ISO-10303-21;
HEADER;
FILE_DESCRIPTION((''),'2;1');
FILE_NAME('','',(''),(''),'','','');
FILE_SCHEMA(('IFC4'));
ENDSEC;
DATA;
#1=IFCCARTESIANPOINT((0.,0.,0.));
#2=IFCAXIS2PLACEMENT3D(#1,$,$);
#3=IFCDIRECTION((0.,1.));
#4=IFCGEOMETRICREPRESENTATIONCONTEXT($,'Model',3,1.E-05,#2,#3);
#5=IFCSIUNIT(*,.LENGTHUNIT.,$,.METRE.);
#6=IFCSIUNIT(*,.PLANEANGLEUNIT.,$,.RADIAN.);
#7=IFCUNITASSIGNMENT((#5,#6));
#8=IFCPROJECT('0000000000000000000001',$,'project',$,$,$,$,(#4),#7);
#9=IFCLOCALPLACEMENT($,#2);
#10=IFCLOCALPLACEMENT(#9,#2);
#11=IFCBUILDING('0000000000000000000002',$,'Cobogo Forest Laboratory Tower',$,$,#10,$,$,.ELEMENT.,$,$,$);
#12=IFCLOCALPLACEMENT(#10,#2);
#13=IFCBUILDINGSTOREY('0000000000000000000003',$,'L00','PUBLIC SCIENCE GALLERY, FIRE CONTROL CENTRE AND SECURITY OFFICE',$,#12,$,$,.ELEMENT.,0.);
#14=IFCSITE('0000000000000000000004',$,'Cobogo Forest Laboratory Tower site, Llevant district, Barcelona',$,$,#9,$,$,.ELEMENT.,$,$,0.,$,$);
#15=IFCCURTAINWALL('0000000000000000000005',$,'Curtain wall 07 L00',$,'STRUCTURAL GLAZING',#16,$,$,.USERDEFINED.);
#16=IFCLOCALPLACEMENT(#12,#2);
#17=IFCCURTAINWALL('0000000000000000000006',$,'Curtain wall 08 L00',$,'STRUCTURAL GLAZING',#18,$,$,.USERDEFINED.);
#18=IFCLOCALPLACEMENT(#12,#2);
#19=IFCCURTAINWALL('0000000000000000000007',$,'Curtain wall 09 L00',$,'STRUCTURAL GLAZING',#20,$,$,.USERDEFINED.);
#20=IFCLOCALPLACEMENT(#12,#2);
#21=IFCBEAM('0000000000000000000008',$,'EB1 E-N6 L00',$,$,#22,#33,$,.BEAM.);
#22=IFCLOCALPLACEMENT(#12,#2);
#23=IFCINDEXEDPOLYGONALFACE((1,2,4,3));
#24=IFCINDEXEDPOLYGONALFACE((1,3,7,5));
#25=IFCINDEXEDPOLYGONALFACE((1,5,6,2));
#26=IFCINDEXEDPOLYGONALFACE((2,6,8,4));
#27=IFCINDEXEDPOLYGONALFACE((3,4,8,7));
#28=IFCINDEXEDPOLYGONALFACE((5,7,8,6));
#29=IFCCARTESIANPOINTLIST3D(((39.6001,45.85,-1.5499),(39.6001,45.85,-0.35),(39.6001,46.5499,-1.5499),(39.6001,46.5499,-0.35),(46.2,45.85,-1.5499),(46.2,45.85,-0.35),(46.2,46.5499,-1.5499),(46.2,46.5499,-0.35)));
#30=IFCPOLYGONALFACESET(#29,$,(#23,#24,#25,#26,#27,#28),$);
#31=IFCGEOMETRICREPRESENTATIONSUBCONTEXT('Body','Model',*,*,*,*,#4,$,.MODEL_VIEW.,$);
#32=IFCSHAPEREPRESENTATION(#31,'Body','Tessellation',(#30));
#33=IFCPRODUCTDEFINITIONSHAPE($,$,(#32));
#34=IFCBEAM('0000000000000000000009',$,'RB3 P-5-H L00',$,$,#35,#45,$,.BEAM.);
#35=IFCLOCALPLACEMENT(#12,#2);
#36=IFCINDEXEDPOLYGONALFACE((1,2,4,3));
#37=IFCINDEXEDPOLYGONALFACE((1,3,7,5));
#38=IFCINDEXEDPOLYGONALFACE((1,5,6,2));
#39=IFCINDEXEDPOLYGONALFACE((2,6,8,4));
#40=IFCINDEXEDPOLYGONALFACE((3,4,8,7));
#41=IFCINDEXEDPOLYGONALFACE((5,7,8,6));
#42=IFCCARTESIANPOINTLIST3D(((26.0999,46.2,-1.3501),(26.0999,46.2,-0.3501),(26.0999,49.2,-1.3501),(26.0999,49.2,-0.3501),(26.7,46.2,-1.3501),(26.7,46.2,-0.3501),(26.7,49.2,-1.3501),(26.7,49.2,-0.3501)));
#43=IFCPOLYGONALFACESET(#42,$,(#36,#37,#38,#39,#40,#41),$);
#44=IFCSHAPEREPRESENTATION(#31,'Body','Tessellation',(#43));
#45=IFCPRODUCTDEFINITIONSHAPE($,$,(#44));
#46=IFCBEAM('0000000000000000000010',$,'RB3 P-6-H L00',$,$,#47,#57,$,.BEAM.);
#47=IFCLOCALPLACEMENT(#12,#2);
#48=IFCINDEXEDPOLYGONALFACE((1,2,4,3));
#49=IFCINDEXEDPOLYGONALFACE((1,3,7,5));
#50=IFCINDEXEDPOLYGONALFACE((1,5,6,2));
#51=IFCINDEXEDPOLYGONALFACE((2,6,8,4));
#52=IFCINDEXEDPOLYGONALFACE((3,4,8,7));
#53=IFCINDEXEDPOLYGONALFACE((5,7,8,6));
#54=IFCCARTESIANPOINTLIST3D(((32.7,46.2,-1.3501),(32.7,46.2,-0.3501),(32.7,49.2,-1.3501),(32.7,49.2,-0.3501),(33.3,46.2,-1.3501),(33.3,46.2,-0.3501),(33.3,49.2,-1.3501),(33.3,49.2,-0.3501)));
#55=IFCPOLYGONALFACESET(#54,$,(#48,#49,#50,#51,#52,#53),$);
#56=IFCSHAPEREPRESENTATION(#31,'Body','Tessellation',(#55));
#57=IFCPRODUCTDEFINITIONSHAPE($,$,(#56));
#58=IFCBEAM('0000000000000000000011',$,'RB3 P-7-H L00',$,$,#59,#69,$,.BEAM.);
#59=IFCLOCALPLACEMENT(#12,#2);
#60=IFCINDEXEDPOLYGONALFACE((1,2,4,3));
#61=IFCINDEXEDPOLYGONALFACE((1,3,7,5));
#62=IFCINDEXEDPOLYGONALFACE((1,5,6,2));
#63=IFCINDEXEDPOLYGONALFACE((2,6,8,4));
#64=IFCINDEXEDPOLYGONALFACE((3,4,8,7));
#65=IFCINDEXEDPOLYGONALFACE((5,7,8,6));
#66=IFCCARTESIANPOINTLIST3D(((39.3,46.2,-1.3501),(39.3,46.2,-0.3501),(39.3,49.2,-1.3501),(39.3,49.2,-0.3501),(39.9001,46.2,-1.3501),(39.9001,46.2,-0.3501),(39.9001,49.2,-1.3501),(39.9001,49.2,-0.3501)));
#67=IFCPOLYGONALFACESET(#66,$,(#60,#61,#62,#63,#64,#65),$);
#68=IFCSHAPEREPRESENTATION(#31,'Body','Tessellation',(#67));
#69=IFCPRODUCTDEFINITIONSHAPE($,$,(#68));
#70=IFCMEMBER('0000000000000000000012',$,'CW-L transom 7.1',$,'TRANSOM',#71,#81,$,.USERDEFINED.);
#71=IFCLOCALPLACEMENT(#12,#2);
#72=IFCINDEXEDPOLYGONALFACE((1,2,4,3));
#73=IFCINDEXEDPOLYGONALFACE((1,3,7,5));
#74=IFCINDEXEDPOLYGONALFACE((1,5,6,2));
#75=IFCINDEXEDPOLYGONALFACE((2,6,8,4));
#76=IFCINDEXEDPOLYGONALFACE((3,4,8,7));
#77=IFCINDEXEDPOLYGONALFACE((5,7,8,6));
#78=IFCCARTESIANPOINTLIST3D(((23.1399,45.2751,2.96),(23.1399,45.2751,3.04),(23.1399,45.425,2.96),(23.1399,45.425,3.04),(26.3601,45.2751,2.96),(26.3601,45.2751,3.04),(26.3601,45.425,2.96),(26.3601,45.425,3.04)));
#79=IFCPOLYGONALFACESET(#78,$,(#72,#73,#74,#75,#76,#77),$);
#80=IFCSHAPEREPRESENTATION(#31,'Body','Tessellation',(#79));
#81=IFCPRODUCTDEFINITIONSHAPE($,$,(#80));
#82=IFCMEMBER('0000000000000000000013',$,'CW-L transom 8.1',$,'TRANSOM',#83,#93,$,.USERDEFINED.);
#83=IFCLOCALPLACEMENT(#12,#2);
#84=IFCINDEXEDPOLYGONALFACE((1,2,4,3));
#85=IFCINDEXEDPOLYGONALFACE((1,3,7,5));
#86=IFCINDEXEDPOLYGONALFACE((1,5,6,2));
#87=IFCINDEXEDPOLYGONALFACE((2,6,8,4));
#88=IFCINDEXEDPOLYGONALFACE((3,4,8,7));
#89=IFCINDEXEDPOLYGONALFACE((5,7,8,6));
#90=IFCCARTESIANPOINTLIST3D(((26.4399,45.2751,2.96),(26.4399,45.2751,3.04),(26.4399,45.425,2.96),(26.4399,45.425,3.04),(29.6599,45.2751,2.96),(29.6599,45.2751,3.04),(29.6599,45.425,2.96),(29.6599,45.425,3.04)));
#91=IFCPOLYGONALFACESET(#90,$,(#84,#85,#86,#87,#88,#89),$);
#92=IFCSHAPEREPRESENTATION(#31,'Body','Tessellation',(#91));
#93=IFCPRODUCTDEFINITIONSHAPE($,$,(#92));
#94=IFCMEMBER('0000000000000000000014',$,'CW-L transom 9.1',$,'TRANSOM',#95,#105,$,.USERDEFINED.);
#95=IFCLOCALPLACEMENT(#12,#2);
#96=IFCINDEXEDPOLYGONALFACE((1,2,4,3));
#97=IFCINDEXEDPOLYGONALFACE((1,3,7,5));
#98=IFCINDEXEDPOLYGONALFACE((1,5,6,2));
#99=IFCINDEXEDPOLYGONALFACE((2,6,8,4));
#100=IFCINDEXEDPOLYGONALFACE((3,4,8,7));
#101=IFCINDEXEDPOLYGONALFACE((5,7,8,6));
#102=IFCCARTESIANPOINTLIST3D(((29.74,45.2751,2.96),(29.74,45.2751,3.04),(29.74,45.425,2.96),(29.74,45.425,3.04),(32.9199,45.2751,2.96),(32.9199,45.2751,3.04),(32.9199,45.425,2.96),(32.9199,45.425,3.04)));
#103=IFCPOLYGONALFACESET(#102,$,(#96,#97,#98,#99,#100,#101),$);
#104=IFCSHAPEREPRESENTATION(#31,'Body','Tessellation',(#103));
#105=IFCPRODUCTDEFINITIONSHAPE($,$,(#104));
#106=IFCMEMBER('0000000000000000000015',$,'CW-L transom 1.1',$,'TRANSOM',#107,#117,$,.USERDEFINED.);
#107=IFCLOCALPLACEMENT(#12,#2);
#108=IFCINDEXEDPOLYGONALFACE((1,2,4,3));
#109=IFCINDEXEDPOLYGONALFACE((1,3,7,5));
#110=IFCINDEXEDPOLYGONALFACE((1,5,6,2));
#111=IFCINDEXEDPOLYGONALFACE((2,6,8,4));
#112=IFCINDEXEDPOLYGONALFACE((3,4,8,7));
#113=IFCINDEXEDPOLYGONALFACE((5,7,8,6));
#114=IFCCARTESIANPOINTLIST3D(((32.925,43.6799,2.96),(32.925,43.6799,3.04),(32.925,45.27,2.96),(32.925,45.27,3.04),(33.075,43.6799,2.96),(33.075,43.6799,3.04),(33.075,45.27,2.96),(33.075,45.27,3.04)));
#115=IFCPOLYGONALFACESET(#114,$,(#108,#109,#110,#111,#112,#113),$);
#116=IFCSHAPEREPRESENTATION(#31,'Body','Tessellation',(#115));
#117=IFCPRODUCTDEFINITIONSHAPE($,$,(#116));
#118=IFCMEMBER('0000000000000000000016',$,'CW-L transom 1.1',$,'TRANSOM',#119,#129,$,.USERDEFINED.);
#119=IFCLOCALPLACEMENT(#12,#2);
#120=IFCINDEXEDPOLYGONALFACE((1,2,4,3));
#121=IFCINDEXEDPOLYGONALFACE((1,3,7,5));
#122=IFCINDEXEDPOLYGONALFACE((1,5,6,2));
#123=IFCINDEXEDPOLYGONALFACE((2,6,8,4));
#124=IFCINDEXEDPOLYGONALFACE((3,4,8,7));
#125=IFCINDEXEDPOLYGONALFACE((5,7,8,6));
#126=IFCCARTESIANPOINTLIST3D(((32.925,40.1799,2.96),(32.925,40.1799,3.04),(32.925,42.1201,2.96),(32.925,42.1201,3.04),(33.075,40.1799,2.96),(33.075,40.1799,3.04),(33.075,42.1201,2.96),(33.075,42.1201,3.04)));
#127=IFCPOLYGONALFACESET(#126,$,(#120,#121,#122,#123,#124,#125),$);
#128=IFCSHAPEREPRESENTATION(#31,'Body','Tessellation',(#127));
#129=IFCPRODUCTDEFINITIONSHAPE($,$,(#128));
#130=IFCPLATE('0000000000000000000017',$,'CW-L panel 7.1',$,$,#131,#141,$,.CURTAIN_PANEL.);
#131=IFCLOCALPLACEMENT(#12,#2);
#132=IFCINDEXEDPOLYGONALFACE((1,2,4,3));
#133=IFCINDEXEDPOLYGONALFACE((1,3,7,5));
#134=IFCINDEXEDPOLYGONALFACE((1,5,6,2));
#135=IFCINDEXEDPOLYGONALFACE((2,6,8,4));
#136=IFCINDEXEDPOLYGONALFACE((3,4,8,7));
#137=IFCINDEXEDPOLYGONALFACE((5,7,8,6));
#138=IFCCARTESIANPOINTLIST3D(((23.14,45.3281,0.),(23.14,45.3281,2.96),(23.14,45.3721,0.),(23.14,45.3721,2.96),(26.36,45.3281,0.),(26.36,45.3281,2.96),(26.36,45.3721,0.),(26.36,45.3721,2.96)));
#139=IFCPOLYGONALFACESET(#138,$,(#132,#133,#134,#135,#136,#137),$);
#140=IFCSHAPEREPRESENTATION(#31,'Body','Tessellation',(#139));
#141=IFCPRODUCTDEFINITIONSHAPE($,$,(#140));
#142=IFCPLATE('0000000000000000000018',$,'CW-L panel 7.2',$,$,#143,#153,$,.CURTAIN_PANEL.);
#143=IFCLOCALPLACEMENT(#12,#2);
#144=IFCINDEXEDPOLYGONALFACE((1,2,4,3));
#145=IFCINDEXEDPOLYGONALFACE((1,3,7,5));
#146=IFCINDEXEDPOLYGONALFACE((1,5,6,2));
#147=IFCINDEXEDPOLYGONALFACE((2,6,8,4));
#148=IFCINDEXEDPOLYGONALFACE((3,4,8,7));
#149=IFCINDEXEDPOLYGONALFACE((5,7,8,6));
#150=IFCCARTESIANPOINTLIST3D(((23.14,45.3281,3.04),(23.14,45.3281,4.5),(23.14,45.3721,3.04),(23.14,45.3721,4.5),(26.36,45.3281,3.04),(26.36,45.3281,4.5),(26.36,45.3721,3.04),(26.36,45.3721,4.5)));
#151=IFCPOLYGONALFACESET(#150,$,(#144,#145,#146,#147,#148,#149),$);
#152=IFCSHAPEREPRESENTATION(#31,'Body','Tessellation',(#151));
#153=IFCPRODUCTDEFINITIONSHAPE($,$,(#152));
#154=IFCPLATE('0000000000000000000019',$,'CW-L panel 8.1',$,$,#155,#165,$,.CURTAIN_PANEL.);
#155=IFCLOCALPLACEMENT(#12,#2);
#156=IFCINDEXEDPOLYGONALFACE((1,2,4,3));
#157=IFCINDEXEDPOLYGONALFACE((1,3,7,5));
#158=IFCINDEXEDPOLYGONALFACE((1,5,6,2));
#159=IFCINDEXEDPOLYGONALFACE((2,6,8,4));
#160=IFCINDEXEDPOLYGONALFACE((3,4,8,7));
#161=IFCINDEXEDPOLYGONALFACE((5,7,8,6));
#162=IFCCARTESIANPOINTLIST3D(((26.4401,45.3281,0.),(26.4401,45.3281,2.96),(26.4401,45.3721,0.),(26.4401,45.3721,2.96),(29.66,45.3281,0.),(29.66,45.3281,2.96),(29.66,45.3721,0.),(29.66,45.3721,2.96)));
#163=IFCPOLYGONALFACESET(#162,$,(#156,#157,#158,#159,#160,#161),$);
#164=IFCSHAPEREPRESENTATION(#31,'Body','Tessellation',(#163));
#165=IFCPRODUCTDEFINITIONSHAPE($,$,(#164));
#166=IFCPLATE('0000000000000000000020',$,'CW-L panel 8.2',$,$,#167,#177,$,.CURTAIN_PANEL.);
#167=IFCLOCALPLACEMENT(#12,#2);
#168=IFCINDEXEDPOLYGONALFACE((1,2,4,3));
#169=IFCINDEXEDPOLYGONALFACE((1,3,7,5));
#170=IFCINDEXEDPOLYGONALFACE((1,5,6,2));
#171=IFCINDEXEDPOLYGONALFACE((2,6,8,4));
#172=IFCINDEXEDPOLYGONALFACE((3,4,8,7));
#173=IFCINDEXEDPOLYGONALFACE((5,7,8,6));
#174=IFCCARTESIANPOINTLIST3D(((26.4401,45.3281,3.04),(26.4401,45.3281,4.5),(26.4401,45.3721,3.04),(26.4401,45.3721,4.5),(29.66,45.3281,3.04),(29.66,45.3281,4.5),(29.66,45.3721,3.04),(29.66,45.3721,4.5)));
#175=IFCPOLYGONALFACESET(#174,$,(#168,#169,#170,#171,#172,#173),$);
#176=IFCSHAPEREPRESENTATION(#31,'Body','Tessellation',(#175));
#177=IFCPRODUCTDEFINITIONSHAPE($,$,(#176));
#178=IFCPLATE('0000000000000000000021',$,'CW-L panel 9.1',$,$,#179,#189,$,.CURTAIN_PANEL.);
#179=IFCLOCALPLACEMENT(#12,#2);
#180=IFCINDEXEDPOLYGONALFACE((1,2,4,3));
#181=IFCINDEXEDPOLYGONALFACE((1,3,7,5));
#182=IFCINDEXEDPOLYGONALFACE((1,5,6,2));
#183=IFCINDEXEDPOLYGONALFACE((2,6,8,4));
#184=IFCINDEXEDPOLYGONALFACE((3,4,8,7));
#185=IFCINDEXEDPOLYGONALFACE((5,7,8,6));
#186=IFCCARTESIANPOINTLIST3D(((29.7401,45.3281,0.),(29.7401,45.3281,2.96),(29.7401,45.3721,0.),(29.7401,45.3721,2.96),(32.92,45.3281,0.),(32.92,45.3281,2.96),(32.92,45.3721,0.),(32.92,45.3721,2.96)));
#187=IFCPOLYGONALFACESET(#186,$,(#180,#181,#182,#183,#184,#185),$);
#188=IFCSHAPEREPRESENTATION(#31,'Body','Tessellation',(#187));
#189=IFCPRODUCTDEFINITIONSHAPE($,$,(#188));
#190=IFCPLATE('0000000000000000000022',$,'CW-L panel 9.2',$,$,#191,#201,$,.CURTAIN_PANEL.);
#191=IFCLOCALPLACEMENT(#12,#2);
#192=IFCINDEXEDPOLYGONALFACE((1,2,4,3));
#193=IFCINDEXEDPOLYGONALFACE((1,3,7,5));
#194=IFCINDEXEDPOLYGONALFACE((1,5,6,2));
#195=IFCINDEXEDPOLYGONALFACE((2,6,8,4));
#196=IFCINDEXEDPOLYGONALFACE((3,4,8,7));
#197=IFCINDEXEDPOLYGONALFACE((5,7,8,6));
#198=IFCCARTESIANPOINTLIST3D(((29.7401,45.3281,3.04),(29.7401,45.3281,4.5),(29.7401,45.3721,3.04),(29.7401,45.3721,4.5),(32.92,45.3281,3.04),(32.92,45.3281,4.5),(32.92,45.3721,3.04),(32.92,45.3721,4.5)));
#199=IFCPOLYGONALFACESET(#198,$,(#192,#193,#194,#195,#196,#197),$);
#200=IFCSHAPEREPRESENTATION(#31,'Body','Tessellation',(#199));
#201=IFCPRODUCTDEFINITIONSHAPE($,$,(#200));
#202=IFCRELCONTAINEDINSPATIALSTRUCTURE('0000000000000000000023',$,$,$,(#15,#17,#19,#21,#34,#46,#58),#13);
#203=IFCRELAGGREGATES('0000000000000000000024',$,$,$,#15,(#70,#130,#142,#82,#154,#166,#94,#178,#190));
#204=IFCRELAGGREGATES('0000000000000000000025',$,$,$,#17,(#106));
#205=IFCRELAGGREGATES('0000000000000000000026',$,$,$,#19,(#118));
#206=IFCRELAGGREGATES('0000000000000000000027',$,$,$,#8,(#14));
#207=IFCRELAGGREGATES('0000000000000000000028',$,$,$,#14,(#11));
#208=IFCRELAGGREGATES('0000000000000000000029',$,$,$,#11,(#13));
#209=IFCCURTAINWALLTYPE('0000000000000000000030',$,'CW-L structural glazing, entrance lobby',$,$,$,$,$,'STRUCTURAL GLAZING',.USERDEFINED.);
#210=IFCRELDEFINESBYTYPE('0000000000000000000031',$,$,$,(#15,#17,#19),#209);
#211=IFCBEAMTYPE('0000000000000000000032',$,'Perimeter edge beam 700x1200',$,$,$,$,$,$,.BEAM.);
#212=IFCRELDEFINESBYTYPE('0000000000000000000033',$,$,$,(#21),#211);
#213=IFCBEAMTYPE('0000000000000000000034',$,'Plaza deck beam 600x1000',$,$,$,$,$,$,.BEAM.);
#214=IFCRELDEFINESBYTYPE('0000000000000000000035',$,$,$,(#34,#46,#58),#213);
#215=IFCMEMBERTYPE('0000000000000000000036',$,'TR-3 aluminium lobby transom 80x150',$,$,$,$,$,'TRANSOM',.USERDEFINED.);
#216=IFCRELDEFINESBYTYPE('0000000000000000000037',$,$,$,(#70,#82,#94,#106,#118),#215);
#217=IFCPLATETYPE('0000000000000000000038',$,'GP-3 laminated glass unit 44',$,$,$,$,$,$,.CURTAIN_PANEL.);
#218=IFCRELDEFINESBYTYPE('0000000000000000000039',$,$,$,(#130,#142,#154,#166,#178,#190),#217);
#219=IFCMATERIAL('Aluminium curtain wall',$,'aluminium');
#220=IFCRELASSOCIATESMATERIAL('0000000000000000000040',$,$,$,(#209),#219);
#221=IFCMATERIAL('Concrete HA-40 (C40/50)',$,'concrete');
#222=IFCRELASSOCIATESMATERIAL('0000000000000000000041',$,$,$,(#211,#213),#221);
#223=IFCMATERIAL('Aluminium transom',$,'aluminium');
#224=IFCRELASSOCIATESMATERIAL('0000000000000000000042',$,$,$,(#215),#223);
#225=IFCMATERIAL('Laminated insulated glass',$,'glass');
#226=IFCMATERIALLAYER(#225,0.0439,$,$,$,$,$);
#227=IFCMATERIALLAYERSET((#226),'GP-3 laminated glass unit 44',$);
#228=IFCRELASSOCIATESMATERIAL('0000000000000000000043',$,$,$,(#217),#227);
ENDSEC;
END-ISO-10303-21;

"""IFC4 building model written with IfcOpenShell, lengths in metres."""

from ifc_helpers import new_model, si_unit, direction, frame, origin, origin_2d, place, context, subcontext, project, spatial, rectangle, extrude, material, layer, layer_set, material_profile, profile_set, type_object, element, aggregate, save


model = new_model("IFC4")

# Units and contexts
model_context = context("Model", 3, precision=1e-05, world=origin(), true_north=direction((0.0, 1.0)))
body_context = subcontext(model_context, "Body", "Model", "MODEL_VIEW")
ifc_project = project(units=[si_unit("LENGTHUNIT", "METRE"), si_unit("PLANEANGLEUNIT", "RADIAN")], contexts=[model_context])

# Site, building, storey
site_placement = place(None, origin())
site = spatial("IfcSite", under=ifc_project, at=site_placement, Name="Cobogo Forest Laboratory Tower site, Llevant district, Barcelona", CompositionType="ELEMENT", RefElevation=0.0)
building_placement = place(site_placement, origin())
building = spatial("IfcBuilding", under=site, at=building_placement, Name="Cobogo Forest Laboratory Tower", CompositionType="ELEMENT")
storey_placement = place(building_placement, origin())
storey = spatial("IfcBuildingStorey", under=building, at=storey_placement, Name="L00", Description="PUBLIC SCIENCE GALLERY, FIRE CONTROL CENTRE AND SECURITY OFFICE", CompositionType="ELEMENT", Elevation=0.0)

# Curtain walls
ifc_material_1 = material(Name="Aluminium curtain wall", Category="aluminium")
curtain_wall_type = type_object("IfcCurtainWallType", Name="CW-L structural glazing, entrance lobby", ElementType="STRUCTURAL GLAZING", PredefinedType="USERDEFINED", material=ifc_material_1)
curtain_wall_1_placement = place(storey_placement, origin())
curtain_wall_1 = element("IfcCurtainWall", 1, at=curtain_wall_1_placement, inside=storey, type_object=curtain_wall_type, Name="Curtain wall 07 L00", ObjectType="STRUCTURAL GLAZING", PredefinedType="USERDEFINED")
curtain_wall_2_placement = place(storey_placement, origin())
curtain_wall_2 = element("IfcCurtainWall", 2, at=curtain_wall_2_placement, inside=storey, type_object=curtain_wall_type, Name="Curtain wall 08 L00", ObjectType="STRUCTURAL GLAZING", PredefinedType="USERDEFINED")
curtain_wall_3_placement = place(storey_placement, origin())
curtain_wall_3 = element("IfcCurtainWall", 3, at=curtain_wall_3_placement, inside=storey, type_object=curtain_wall_type, Name="Curtain wall 09 L00", ObjectType="STRUCTURAL GLAZING", PredefinedType="USERDEFINED")

# Beams
ifc_material_2 = material(Name="Concrete HA-40 (C40/50)", Category="concrete")
ifc_material_profile_1 = material_profile(ifc_material_2, rectangle(XDim=0.7, YDim=1.2, at=origin_2d()), Name="RC 700x1200")
ifc_profile_set_1 = profile_set([ifc_material_profile_1], Name="Concrete HA-40 (C40/50)")
beam_type_1 = type_object("IfcBeamType", Name="Perimeter edge beam 700x1200", PredefinedType="BEAM", material=ifc_profile_set_1)
beam_placement = place(storey_placement, frame((39.6001, 46.2, -0.95), z_axis=(1.0, 0.0, 0.0), x_axis=(0.0, 1.0, 0.0)))
element("IfcBeam", 4, at=beam_placement, inside=storey, type_object=beam_type_1, Name="EB1 E-N6 L00", PredefinedType="BEAM", context=body_context, shape_type="SweptSolid", body=[
    extrude(rectangle(XDim=0.7, YDim=1.2, at=origin_2d()), origin(), (0.0, 0.0, 1.0), 6.5999),
])
ifc_material_profile_2 = material_profile(ifc_material_2, rectangle(XDim=0.6001, YDim=1.0, at=origin_2d()), Name="RC 600x1000")
ifc_profile_set_2 = profile_set([ifc_material_profile_2], Name="Concrete HA-40 (C40/50)")
beam_type_2 = type_object("IfcBeamType", Name="Plaza deck beam 600x1000", PredefinedType="BEAM", material=ifc_profile_set_2)
for number, where, z_axis, x_axis, name in (
    (5, (26.3999, 46.2, -0.8501), (0.0, 1.0, 0.0), (-1.0, 0.0, 0.0), "RB3 P-5-H L00"),
    (6, (33.0, 46.2, -0.8501), (0.0, 1.0, 0.0), (-1.0, 0.0, 0.0), "RB3 P-6-H L00"),
    (7, (39.6001, 46.2, -0.8501), (0.0, 1.0, 0.0), (-1.0, 0.0, 0.0), "RB3 P-7-H L00"),
):
    element("IfcBeam", number, at=place(storey_placement, frame(where, z_axis=z_axis, x_axis=x_axis)), inside=storey, type_object=beam_type_2, Name=name, PredefinedType="BEAM", context=body_context, shape_type="SweptSolid", body=[
        extrude(rectangle(XDim=0.6001, YDim=1.0, at=origin_2d()), origin(), (0.0, 0.0, 1.0), 3.0),
    ])

# Members
ifc_material_3 = material(Name="Aluminium transom", Category="aluminium")
ifc_material_profile_3 = material_profile(ifc_material_3, rectangle(XDim=0.1499, YDim=0.0801, at=origin_2d()), Name="AL 80x150")
ifc_profile_set_3 = profile_set([ifc_material_profile_3], Name="Aluminium transom")
member_type_1 = type_object("IfcMemberType", Name="TR-3 aluminium lobby transom 80x150", ElementType="TRANSOM", PredefinedType="USERDEFINED", material=ifc_profile_set_3)
member_1_placement = place(storey_placement, frame((23.1399, 45.3501, 3.0), z_axis=(1.0, 0.0, 0.0), x_axis=(0.0, 1.0, 0.0)))
member_1 = element("IfcMember", 8, at=member_1_placement, type_object=member_type_1, Name="CW-L transom 7.1", ObjectType="TRANSOM", PredefinedType="USERDEFINED", context=body_context, shape_type="SweptSolid", body=[
    extrude(rectangle(XDim=0.1499, YDim=0.0801, at=origin_2d()), origin(), (0.0, 0.0, 1.0), 3.2202),
])
member_2_placement = place(storey_placement, frame((26.4399, 45.3501, 3.0), z_axis=(1.0, 0.0, 0.0), x_axis=(0.0, 1.0, 0.0)))
member_2 = element("IfcMember", 9, at=member_2_placement, type_object=member_type_1, Name="CW-L transom 8.1", ObjectType="TRANSOM", PredefinedType="USERDEFINED", context=body_context, shape_type="SweptSolid", body=[
    extrude(rectangle(XDim=0.1499, YDim=0.0801, at=origin_2d()), origin(), (0.0, 0.0, 1.0), 3.22),
])
member_3_placement = place(storey_placement, frame((29.74, 45.3501, 3.0), z_axis=(1.0, 0.0, 0.0), x_axis=(0.0, 1.0, 0.0)))
member_3 = element("IfcMember", 10, at=member_3_placement, type_object=member_type_1, Name="CW-L transom 9.1", ObjectType="TRANSOM", PredefinedType="USERDEFINED", context=body_context, shape_type="SweptSolid", body=[
    extrude(rectangle(XDim=0.1499, YDim=0.0801, at=origin_2d()), origin(), (0.0, 0.0, 1.0), 3.1799),
])
member_4_placement = place(storey_placement, frame((33.0, 45.27, 3.0), z_axis=(0.0, -1.0, 0.0), x_axis=(1.0, 0.0, 0.0)))
member_4 = element("IfcMember", 11, at=member_4_placement, type_object=member_type_1, Name="CW-L transom 1.1", ObjectType="TRANSOM", PredefinedType="USERDEFINED", context=body_context, shape_type="SweptSolid", body=[
    extrude(rectangle(XDim=0.1499, YDim=0.0801, at=origin_2d()), origin(), (0.0, 0.0, 1.0), 1.5901),
])
member_5_placement = place(storey_placement, frame((33.0, 42.1201, 3.0), z_axis=(0.0, -1.0, 0.0), x_axis=(1.0, 0.0, 0.0)))
member_5 = element("IfcMember", 12, at=member_5_placement, type_object=member_type_1, Name="CW-L transom 1.1", ObjectType="TRANSOM", PredefinedType="USERDEFINED", context=body_context, shape_type="SweptSolid", body=[
    extrude(rectangle(XDim=0.1499, YDim=0.0801, at=origin_2d()), origin(), (0.0, 0.0, 1.0), 1.9402),
])

# Plates
ifc_material_4 = material(Name="Laminated insulated glass", Category="glass")
ifc_layer_1 = layer(ifc_material_4, 0.0439)
ifc_layer_set_1 = layer_set([ifc_layer_1], Name="GP-3 laminated glass unit 44")
plate_type = type_object("IfcPlateType", Name="GP-3 laminated glass unit 44", PredefinedType="CURTAIN_PANEL", material=ifc_layer_set_1)
plate_1_placement = place(storey_placement, frame((24.75, 45.3501, 0.0), z_axis=(0.0, 0.0, 1.0), x_axis=(1.0, 0.0, 0.0)))
plate_1 = element("IfcPlate", 13, at=plate_1_placement, type_object=plate_type, Name="CW-L panel 7.1", PredefinedType="CURTAIN_PANEL", context=body_context, shape_type="SweptSolid", body=[
    extrude(rectangle(XDim=3.22, YDim=0.0439, at=origin_2d()), origin(), (0.0, 0.0, 1.0), 2.96),
])
plate_2_placement = place(storey_placement, frame((24.75, 45.3501, 3.04), z_axis=(0.0, 0.0, 1.0), x_axis=(1.0, 0.0, 0.0)))
plate_2 = element("IfcPlate", 14, at=plate_2_placement, type_object=plate_type, Name="CW-L panel 7.2", PredefinedType="CURTAIN_PANEL", context=body_context, shape_type="SweptSolid", body=[
    extrude(rectangle(XDim=3.22, YDim=0.0439, at=origin_2d()), origin(), (0.0, 0.0, 1.0), 1.46),
])
plate_3_placement = place(storey_placement, frame((28.05, 45.3501, 0.0), z_axis=(0.0, 0.0, 1.0), x_axis=(1.0, 0.0, 0.0)))
plate_3 = element("IfcPlate", 15, at=plate_3_placement, type_object=plate_type, Name="CW-L panel 8.1", PredefinedType="CURTAIN_PANEL", context=body_context, shape_type="SweptSolid", body=[
    extrude(rectangle(XDim=3.22, YDim=0.0439, at=origin_2d()), origin(), (0.0, 0.0, 1.0), 2.96),
])
plate_4_placement = place(storey_placement, frame((28.05, 45.3501, 3.04), z_axis=(0.0, 0.0, 1.0), x_axis=(1.0, 0.0, 0.0)))
plate_4 = element("IfcPlate", 16, at=plate_4_placement, type_object=plate_type, Name="CW-L panel 8.2", PredefinedType="CURTAIN_PANEL", context=body_context, shape_type="SweptSolid", body=[
    extrude(rectangle(XDim=3.22, YDim=0.0439, at=origin_2d()), origin(), (0.0, 0.0, 1.0), 1.46),
])
plate_5_placement = place(storey_placement, frame((31.3301, 45.3501, 0.0), z_axis=(0.0, 0.0, 1.0), x_axis=(1.0, 0.0, 0.0)))
plate_5 = element("IfcPlate", 17, at=plate_5_placement, type_object=plate_type, Name="CW-L panel 9.1", PredefinedType="CURTAIN_PANEL", context=body_context, shape_type="SweptSolid", body=[
    extrude(rectangle(XDim=3.1799, YDim=0.0439, at=origin_2d()), origin(), (0.0, 0.0, 1.0), 2.96),
])
plate_6_placement = place(storey_placement, frame((31.3301, 45.3501, 3.04), z_axis=(0.0, 0.0, 1.0), x_axis=(1.0, 0.0, 0.0)))
plate_6 = element("IfcPlate", 18, at=plate_6_placement, type_object=plate_type, Name="CW-L panel 9.2", PredefinedType="CURTAIN_PANEL", context=body_context, shape_type="SweptSolid", body=[
    extrude(rectangle(XDim=3.1799, YDim=0.0439, at=origin_2d()), origin(), (0.0, 0.0, 1.0), 1.46),
])
aggregate(curtain_wall_1, [member_1, plate_1, plate_2, member_2, plate_3, plate_4, member_3, plate_5, plate_6])
aggregate(curtain_wall_2, [member_4])
aggregate(curtain_wall_3, [member_5])

save(model, "model.ifc")
